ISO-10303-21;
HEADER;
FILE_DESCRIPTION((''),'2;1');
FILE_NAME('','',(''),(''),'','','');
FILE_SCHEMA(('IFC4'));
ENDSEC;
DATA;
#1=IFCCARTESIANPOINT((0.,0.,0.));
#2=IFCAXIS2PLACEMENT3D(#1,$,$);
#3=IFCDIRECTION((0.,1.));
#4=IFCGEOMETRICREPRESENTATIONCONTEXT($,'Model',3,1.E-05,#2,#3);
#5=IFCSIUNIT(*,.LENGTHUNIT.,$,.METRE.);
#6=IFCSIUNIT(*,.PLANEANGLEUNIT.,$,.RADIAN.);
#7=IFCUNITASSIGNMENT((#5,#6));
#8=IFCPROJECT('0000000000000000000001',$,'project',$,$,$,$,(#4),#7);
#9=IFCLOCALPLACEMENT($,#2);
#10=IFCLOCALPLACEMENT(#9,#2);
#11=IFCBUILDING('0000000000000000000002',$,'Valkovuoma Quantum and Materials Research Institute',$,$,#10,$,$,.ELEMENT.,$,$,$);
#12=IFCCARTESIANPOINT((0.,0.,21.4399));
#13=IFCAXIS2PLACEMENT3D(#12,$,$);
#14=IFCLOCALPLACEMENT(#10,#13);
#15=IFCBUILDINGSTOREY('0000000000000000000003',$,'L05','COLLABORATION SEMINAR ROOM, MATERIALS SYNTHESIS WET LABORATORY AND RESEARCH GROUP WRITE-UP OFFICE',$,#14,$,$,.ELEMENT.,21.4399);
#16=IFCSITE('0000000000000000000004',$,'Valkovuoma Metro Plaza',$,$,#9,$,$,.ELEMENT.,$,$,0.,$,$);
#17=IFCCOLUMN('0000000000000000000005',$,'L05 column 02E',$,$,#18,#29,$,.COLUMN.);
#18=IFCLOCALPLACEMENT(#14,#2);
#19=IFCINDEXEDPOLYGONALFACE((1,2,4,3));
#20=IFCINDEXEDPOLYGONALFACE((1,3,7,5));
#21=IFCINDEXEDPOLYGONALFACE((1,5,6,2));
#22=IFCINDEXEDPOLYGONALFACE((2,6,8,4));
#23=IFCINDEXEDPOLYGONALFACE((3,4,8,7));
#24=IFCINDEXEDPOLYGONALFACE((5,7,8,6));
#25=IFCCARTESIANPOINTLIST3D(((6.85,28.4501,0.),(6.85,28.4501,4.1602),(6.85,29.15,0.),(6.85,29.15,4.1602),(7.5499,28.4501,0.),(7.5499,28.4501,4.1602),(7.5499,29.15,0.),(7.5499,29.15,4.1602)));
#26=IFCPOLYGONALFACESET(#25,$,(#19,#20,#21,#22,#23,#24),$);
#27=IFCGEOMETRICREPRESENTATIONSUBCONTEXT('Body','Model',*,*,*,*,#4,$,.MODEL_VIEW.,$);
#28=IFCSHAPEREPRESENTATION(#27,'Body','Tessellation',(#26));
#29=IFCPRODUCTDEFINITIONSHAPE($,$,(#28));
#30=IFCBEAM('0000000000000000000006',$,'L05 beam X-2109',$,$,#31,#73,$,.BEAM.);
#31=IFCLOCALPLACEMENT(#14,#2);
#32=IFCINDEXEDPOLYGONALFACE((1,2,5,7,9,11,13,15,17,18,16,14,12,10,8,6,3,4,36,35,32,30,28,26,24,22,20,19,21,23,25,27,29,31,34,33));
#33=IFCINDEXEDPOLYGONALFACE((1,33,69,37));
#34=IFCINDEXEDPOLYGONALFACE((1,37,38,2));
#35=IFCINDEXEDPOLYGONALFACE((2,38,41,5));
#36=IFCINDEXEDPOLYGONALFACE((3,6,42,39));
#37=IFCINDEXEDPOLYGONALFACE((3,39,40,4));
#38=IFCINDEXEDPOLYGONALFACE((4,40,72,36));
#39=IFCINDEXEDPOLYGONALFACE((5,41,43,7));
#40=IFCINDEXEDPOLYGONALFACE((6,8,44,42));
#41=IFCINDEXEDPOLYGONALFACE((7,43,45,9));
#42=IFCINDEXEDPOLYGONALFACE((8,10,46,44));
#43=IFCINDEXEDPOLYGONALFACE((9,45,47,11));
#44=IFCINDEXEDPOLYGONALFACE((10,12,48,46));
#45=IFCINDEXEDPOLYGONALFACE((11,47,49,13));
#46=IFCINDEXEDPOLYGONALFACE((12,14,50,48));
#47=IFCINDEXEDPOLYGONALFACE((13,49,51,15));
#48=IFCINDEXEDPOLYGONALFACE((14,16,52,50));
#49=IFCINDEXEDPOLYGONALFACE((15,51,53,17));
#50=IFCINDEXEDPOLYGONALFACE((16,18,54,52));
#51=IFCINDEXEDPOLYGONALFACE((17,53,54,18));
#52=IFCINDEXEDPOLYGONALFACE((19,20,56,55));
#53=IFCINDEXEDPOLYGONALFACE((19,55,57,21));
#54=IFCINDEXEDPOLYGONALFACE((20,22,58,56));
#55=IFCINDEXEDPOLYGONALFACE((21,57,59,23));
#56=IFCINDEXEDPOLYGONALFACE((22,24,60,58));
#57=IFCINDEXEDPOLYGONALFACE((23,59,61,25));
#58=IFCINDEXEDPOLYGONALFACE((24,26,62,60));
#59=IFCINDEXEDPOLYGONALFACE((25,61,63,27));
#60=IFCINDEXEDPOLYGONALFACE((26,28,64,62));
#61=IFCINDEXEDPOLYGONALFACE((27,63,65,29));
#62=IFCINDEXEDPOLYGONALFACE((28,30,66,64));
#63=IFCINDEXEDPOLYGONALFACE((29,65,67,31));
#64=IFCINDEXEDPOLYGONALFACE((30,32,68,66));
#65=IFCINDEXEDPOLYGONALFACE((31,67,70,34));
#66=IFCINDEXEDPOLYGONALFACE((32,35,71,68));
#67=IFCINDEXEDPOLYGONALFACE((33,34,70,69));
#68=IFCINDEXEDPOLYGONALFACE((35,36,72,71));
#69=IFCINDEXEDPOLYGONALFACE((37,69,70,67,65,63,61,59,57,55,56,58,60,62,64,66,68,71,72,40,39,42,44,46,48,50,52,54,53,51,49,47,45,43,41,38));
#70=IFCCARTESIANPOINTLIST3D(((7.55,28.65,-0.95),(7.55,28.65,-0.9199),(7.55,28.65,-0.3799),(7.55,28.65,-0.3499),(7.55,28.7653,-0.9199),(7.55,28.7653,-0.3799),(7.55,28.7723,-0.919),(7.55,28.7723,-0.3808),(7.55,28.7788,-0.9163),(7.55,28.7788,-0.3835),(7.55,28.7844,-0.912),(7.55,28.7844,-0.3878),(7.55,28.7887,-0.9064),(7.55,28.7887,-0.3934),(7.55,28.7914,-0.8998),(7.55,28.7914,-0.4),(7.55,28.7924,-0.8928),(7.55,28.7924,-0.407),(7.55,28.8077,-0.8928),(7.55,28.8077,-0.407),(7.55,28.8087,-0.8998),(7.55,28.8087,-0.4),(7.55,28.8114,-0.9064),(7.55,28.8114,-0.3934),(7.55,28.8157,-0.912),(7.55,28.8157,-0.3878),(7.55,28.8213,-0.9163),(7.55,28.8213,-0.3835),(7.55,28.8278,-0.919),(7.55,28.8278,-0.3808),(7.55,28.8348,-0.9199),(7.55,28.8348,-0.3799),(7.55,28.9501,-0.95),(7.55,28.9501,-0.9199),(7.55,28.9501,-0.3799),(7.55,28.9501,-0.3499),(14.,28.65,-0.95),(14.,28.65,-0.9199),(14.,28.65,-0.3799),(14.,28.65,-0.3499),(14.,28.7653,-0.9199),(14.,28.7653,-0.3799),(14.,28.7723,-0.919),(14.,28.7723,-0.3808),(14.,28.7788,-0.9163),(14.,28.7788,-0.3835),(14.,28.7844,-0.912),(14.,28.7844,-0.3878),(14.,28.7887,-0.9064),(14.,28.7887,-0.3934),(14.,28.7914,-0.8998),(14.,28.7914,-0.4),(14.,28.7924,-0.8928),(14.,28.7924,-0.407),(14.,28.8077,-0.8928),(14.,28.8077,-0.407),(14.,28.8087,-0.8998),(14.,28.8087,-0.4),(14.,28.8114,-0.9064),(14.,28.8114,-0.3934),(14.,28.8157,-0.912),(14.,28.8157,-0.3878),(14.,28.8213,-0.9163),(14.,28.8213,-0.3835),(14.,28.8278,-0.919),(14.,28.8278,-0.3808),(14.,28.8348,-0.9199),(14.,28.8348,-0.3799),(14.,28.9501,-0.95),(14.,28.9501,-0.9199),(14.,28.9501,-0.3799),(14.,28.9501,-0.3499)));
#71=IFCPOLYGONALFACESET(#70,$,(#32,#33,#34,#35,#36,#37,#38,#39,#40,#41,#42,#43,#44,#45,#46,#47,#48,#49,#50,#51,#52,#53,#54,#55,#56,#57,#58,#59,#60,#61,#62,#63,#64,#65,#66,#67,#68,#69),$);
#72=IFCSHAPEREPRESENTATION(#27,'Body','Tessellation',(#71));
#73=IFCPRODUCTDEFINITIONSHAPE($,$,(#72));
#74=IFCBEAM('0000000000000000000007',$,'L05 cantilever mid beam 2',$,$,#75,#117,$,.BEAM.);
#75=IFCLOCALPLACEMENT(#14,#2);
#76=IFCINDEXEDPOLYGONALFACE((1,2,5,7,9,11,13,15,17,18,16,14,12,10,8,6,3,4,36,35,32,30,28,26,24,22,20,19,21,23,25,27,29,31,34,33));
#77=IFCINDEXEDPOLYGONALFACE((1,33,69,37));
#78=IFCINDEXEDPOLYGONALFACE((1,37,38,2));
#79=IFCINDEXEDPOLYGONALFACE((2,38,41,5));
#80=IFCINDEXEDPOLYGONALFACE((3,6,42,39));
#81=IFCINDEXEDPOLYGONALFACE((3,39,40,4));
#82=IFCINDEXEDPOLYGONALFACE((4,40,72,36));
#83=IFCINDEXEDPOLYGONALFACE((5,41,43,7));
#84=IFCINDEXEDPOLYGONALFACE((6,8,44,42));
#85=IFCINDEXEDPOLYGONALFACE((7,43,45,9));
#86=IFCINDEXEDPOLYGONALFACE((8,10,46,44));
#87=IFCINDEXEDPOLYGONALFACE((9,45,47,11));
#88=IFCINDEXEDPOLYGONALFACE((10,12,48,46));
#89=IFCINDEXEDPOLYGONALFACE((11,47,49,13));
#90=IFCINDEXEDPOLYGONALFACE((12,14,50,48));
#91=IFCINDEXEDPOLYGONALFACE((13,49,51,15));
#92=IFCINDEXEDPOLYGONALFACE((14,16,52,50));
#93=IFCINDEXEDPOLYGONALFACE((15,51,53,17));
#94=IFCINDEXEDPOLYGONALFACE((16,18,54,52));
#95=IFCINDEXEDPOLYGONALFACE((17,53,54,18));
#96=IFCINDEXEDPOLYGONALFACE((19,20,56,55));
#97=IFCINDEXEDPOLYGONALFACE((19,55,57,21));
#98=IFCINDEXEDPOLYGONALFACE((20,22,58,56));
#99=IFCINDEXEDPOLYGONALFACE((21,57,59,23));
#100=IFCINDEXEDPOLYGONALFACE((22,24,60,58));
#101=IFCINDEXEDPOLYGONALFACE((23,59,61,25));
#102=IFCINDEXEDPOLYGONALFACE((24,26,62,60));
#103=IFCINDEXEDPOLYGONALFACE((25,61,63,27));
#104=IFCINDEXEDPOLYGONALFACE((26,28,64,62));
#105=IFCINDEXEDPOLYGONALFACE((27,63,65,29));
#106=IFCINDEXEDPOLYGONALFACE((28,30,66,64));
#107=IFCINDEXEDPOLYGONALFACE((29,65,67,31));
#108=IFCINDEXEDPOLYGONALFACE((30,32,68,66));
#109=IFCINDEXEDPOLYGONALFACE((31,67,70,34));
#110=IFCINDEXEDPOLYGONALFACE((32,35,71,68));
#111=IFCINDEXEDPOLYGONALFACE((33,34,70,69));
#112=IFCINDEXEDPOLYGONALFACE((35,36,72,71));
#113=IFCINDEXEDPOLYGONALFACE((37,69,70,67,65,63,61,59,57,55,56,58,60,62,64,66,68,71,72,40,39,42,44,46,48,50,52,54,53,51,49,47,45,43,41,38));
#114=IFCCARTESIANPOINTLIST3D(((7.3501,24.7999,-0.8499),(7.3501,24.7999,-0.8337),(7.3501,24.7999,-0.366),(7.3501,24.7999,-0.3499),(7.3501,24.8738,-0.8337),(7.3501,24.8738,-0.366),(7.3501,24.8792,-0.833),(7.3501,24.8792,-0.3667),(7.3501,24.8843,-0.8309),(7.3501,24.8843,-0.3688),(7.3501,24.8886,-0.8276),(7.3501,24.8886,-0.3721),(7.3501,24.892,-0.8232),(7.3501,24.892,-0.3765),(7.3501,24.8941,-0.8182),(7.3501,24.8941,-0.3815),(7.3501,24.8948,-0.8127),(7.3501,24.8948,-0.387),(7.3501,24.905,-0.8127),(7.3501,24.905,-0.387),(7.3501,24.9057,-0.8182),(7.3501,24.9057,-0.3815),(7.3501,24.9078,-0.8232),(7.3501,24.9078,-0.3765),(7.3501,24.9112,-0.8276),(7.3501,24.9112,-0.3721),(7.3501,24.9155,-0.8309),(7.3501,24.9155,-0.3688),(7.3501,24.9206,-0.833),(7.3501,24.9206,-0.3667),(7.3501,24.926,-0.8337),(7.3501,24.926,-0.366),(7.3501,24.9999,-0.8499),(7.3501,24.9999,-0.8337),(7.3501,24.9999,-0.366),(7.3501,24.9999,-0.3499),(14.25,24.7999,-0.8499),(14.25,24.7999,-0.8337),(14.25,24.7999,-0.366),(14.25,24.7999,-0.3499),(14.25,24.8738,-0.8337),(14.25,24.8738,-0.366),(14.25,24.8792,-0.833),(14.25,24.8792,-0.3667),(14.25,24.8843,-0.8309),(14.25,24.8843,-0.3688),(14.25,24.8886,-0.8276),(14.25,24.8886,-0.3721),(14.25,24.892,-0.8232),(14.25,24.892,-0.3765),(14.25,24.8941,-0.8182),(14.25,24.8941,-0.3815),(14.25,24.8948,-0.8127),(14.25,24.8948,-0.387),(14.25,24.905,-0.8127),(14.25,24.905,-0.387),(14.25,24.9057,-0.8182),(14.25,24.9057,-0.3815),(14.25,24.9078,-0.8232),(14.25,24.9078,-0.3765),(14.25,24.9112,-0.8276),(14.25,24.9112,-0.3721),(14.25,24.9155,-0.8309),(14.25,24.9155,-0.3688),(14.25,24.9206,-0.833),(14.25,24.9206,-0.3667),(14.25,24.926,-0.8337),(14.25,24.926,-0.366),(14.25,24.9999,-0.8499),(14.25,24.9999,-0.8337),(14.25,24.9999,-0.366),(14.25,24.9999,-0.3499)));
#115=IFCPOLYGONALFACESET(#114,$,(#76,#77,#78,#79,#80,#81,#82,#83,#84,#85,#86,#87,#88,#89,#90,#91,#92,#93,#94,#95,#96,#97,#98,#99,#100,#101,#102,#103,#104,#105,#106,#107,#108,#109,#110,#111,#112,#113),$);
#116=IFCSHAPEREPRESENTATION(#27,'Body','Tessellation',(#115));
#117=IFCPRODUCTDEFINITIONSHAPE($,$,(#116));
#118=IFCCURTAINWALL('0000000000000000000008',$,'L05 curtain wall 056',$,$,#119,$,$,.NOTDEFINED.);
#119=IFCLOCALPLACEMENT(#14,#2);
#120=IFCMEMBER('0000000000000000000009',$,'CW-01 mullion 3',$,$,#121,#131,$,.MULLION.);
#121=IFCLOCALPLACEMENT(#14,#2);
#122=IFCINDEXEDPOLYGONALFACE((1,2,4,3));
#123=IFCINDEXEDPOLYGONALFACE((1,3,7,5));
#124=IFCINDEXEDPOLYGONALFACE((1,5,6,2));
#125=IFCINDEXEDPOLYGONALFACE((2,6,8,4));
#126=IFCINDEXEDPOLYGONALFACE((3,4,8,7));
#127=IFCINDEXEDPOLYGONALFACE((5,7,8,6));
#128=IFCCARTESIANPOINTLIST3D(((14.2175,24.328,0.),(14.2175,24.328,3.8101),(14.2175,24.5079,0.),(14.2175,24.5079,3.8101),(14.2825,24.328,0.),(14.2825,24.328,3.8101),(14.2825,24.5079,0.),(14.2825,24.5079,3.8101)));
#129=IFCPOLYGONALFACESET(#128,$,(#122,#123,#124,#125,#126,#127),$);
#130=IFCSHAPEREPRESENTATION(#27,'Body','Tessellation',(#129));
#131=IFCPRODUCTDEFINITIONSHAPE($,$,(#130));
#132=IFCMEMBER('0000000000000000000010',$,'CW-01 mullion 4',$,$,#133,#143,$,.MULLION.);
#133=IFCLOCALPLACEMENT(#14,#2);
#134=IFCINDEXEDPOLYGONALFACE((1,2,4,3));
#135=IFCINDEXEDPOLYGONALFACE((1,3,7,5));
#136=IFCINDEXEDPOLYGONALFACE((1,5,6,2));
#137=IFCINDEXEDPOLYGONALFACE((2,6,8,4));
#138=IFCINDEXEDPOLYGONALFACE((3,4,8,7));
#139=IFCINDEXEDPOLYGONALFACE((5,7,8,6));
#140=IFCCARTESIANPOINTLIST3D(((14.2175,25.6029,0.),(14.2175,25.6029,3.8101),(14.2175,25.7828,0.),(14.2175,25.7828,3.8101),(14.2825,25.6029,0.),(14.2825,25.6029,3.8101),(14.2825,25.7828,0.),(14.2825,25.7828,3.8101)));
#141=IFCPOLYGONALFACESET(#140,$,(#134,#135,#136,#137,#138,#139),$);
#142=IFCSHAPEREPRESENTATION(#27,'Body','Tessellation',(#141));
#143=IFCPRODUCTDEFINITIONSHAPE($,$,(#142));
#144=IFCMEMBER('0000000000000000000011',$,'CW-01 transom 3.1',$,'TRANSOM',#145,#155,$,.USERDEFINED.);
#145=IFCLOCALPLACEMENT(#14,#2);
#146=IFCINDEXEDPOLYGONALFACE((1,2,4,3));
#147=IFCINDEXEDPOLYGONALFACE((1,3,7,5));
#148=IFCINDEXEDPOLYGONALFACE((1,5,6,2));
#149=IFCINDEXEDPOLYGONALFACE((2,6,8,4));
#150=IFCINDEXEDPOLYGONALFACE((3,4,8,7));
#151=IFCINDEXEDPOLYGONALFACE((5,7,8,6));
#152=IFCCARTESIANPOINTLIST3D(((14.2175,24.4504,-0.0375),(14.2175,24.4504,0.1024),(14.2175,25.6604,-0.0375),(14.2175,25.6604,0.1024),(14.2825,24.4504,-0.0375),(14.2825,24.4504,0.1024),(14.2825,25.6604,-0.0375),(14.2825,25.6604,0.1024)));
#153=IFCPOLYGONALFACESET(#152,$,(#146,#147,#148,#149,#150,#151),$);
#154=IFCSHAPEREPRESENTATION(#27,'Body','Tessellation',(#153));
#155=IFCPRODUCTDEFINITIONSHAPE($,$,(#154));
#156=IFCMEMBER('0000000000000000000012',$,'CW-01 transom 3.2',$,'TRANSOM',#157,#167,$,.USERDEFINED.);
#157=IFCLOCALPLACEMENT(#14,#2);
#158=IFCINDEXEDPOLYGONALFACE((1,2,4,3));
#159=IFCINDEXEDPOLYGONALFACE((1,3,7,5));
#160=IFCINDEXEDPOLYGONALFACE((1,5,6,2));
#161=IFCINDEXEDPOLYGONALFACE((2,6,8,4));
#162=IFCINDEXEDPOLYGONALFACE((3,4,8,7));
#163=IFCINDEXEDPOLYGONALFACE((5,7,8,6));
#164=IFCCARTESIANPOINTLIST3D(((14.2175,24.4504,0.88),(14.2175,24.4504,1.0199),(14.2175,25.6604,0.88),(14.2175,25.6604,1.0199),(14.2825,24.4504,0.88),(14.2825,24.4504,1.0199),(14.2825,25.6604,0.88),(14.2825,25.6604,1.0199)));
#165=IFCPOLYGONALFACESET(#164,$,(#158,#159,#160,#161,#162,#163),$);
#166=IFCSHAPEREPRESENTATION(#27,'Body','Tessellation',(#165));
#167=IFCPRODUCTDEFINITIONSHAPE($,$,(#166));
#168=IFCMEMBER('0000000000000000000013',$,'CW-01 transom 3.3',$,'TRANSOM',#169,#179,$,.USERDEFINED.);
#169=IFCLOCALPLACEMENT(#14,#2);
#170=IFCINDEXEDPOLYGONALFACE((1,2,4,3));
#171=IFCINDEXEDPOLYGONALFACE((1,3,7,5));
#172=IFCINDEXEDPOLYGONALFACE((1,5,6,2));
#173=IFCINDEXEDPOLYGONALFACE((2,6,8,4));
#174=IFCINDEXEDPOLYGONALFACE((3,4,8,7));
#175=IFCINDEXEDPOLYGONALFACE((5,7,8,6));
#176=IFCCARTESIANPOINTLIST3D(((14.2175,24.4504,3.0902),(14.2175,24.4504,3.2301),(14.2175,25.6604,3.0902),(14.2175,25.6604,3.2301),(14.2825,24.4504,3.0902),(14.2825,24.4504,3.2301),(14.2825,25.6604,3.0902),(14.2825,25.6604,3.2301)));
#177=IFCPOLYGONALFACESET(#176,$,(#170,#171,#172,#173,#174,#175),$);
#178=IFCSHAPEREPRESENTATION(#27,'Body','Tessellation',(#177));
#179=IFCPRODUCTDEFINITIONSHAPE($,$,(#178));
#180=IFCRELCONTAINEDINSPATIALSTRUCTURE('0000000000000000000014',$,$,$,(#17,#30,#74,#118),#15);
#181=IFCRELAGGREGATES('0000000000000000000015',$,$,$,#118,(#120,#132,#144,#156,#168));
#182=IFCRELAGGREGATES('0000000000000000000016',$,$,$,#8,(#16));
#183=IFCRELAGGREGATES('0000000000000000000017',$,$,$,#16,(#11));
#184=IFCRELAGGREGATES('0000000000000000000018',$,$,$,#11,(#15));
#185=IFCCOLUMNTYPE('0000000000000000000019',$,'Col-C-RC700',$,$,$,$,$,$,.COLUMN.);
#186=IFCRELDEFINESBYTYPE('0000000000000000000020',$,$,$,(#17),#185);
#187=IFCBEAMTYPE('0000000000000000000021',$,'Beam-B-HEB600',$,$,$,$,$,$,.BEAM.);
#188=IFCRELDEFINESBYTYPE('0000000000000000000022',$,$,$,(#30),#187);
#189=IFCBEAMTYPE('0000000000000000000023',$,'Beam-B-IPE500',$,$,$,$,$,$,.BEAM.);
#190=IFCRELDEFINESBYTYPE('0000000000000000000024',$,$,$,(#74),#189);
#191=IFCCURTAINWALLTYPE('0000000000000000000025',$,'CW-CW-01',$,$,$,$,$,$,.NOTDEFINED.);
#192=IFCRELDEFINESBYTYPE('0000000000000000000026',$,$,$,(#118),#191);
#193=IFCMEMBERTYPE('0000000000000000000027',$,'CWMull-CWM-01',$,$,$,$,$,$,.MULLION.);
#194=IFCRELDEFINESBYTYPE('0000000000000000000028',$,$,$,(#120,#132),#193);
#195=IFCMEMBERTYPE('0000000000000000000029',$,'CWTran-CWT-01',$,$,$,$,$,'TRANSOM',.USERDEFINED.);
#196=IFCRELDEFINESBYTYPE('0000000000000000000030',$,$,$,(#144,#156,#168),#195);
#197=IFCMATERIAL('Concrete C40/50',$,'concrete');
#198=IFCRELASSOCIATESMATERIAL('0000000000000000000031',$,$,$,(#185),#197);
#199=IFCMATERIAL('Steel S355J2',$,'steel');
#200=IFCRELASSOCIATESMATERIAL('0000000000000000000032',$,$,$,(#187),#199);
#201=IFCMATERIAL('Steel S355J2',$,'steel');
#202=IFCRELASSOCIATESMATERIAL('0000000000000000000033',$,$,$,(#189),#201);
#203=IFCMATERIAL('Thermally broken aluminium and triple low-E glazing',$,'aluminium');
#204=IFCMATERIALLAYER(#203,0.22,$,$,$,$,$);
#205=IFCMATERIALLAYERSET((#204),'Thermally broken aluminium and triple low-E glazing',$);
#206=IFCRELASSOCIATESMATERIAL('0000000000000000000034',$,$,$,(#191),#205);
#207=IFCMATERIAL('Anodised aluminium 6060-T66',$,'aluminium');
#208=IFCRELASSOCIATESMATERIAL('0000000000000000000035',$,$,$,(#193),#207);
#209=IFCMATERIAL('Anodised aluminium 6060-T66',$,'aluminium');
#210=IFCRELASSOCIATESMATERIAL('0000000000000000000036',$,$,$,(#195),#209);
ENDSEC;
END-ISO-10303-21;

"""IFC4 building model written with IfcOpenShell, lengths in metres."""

from ifc_helpers import new_model, si_unit, direction, frame, origin, origin_2d, place, context, subcontext, project, spatial, rectangle, i_section, extrude, material, layer, layer_set, material_profile, profile_set, type_object, element, aggregate, save


model = new_model("IFC4")

# Units and contexts
model_context = context("Model", 3, precision=1e-05, world=origin(), true_north=direction((0.0, 1.0)))
body_context = subcontext(model_context, "Body", "Model", "MODEL_VIEW")
ifc_project = project(units=[si_unit("LENGTHUNIT", "METRE"), si_unit("PLANEANGLEUNIT", "RADIAN")], contexts=[model_context])

# Site, building, storey
site_placement = place(None, origin())
site = spatial("IfcSite", under=ifc_project, at=site_placement, Name="Valkovuoma Metro Plaza", CompositionType="ELEMENT", RefElevation=0.0)
building_placement = place(site_placement, origin())
building = spatial("IfcBuilding", under=site, at=building_placement, Name="Valkovuoma Quantum and Materials Research Institute", CompositionType="ELEMENT")
storey_placement = place(building_placement, frame((0.0, 0.0, 21.4399)))
storey = spatial("IfcBuildingStorey", under=building, at=storey_placement, Name="L05", Description="COLLABORATION SEMINAR ROOM, MATERIALS SYNTHESIS WET LABORATORY AND RESEARCH GROUP WRITE-UP OFFICE", CompositionType="ELEMENT", Elevation=21.4399)

# Column
ifc_material_1 = material(Name="Concrete C40/50", Category="concrete")
ifc_material_profile_1 = material_profile(ifc_material_1, rectangle(XDim=0.7, YDim=0.7, at=origin_2d()), Name="Concrete C40/50")
ifc_profile_set_1 = profile_set([ifc_material_profile_1], Name="Concrete C40/50")
column_type = type_object("IfcColumnType", Name="Col-C-RC700", PredefinedType="COLUMN", material=ifc_profile_set_1)
column_placement = place(storey_placement, frame((7.2, 28.8, 0.0), z_axis=(0.0, 0.0, 1.0), x_axis=(1.0, 0.0, 0.0)))
element("IfcColumn", 1, at=column_placement, inside=storey, type_object=column_type, Name="L05 column 02E", PredefinedType="COLUMN", context=body_context, shape_type="SweptSolid", body=[
    extrude(rectangle(XDim=0.7, YDim=0.7, at=origin_2d()), origin(), (0.0, 0.0, 1.0), 4.1602),
])

# Beams
ifc_material_2 = material(Name="Steel S355J2", Category="steel")
ifc_material_profile_2 = material_profile(ifc_material_2, i_section(OverallWidth=0.3, OverallDepth=0.6001, WebThickness=0.0154, FlangeThickness=0.03, FilletRadius=0.0271, at=origin_2d()), Name="Steel S355J2")
ifc_profile_set_2 = profile_set([ifc_material_profile_2], Name="Steel S355J2")
beam_type_1 = type_object("IfcBeamType", Name="Beam-B-HEB600", PredefinedType="BEAM", material=ifc_profile_set_2)
beam_1_placement = place(storey_placement, frame((7.55, 28.8, -0.6499), z_axis=(1.0, 0.0, 0.0), x_axis=(0.0, 1.0, 0.0)))
element("IfcBeam", 2, at=beam_1_placement, inside=storey, type_object=beam_type_1, Name="L05 beam X-2109", PredefinedType="BEAM", context=body_context, shape_type="SweptSolid", body=[
    extrude(i_section(OverallWidth=0.3, OverallDepth=0.6001, WebThickness=0.0154, FlangeThickness=0.03, FilletRadius=0.0271, at=origin_2d()), origin(), (0.0, 0.0, 1.0), 6.45),
])
ifc_material_3 = material(Name="Steel S355J2", Category="steel")
ifc_material_profile_3 = material_profile(ifc_material_3, i_section(OverallWidth=0.2, OverallDepth=0.5, WebThickness=0.0103, FlangeThickness=0.0161, FilletRadius=0.021, at=origin_2d()), Name="Steel S355J2")
ifc_profile_set_3 = profile_set([ifc_material_profile_3], Name="Steel S355J2")
beam_type_2 = type_object("IfcBeamType", Name="Beam-B-IPE500", PredefinedType="BEAM", material=ifc_profile_set_3)
beam_2_placement = place(storey_placement, frame((7.3501, 24.8999, -0.5999), z_axis=(1.0, 0.0, 0.0), x_axis=(0.0, 1.0, 0.0)))
element("IfcBeam", 3, at=beam_2_placement, inside=storey, type_object=beam_type_2, Name="L05 cantilever mid beam 2", PredefinedType="BEAM", context=body_context, shape_type="SweptSolid", body=[
    extrude(i_section(OverallWidth=0.2, OverallDepth=0.5, WebThickness=0.0103, FlangeThickness=0.0161, FilletRadius=0.021, at=origin_2d()), origin(), (0.0, 0.0, 1.0), 6.8999),
])

# Curtain wall, members
ifc_material_4 = material(Name="Thermally broken aluminium and triple low-E glazing", Category="aluminium")
ifc_layer_1 = layer(ifc_material_4, 0.22)
ifc_layer_set_1 = layer_set([ifc_layer_1], Name="Thermally broken aluminium and triple low-E glazing")
curtain_wall_type = type_object("IfcCurtainWallType", Name="CW-CW-01", PredefinedType="NOTDEFINED", material=ifc_layer_set_1)
curtain_wall_placement = place(storey_placement, origin())
curtain_wall = element("IfcCurtainWall", 4, at=curtain_wall_placement, inside=storey, type_object=curtain_wall_type, Name="L05 curtain wall 056", PredefinedType="NOTDEFINED")
ifc_material_5 = material(Name="Anodised aluminium 6060-T66", Category="aluminium")
ifc_material_profile_4 = material_profile(ifc_material_5, rectangle(XDim=0.0649, YDim=0.1799, at=origin_2d()), Name="Anodised aluminium 6060-T66")
ifc_profile_set_4 = profile_set([ifc_material_profile_4], Name="Anodised aluminium 6060-T66")
member_type_1 = type_object("IfcMemberType", Name="CWMull-CWM-01", PredefinedType="MULLION", material=ifc_profile_set_4)
member_1_placement = place(storey_placement, frame((14.25, 24.418, 0.0), z_axis=(0.0, 0.0, 1.0), x_axis=(-1.0, 0.0, 0.0)))
member_1 = element("IfcMember", 5, at=member_1_placement, type_object=member_type_1, Name="CW-01 mullion 3", PredefinedType="MULLION", context=body_context, shape_type="SweptSolid", body=[
    extrude(rectangle(XDim=0.0649, YDim=0.1799, at=origin_2d()), origin(), (0.0, 0.0, 1.0), 3.8101),
])
member_2_placement = place(storey_placement, frame((14.25, 25.6929, 0.0), z_axis=(0.0, 0.0, 1.0), x_axis=(-1.0, 0.0, 0.0)))
member_2 = element("IfcMember", 6, at=member_2_placement, type_object=member_type_1, Name="CW-01 mullion 4", PredefinedType="MULLION", context=body_context, shape_type="SweptSolid", body=[
    extrude(rectangle(XDim=0.0649, YDim=0.1799, at=origin_2d()), origin(), (0.0, 0.0, 1.0), 3.8101),
])
ifc_material_6 = material(Name="Anodised aluminium 6060-T66", Category="aluminium")
ifc_material_profile_5 = material_profile(ifc_material_6, rectangle(XDim=0.0649, YDim=0.1399, at=origin_2d()), Name="Anodised aluminium 6060-T66")
ifc_profile_set_5 = profile_set([ifc_material_profile_5], Name="Anodised aluminium 6060-T66")
member_type_2 = type_object("IfcMemberType", Name="CWTran-CWT-01", ElementType="TRANSOM", PredefinedType="USERDEFINED", material=ifc_profile_set_5)
member_3_placement = place(storey_placement, frame((14.25, 24.4504, 0.0325), z_axis=(0.0, 1.0, 0.0), x_axis=(-1.0, 0.0, 0.0)))
member_3 = element("IfcMember", 7, at=member_3_placement, type_object=member_type_2, Name="CW-01 transom 3.1", ObjectType="TRANSOM", PredefinedType="USERDEFINED", context=body_context, shape_type="SweptSolid", body=[
    extrude(rectangle(XDim=0.0649, YDim=0.1399, at=origin_2d()), origin(), (0.0, 0.0, 1.0), 1.21),
])
member_4_placement = place(storey_placement, frame((14.25, 24.4504, 0.95), z_axis=(0.0, 1.0, 0.0), x_axis=(-1.0, 0.0, 0.0)))
member_4 = element("IfcMember", 8, at=member_4_placement, type_object=member_type_2, Name="CW-01 transom 3.2", ObjectType="TRANSOM", PredefinedType="USERDEFINED", context=body_context, shape_type="SweptSolid", body=[
    extrude(rectangle(XDim=0.0649, YDim=0.1399, at=origin_2d()), origin(), (0.0, 0.0, 1.0), 1.21),
])
member_5_placement = place(storey_placement, frame((14.25, 24.4504, 3.1602), z_axis=(0.0, 1.0, 0.0), x_axis=(-1.0, 0.0, 0.0)))
member_5 = element("IfcMember", 9, at=member_5_placement, type_object=member_type_2, Name="CW-01 transom 3.3", ObjectType="TRANSOM", PredefinedType="USERDEFINED", context=body_context, shape_type="SweptSolid", body=[
    extrude(rectangle(XDim=0.0649, YDim=0.1399, at=origin_2d()), origin(), (0.0, 0.0, 1.0), 1.21),
])
aggregate(curtain_wall, [member_1, member_2, member_3, member_4, member_5])

save(model, "model.ifc")
